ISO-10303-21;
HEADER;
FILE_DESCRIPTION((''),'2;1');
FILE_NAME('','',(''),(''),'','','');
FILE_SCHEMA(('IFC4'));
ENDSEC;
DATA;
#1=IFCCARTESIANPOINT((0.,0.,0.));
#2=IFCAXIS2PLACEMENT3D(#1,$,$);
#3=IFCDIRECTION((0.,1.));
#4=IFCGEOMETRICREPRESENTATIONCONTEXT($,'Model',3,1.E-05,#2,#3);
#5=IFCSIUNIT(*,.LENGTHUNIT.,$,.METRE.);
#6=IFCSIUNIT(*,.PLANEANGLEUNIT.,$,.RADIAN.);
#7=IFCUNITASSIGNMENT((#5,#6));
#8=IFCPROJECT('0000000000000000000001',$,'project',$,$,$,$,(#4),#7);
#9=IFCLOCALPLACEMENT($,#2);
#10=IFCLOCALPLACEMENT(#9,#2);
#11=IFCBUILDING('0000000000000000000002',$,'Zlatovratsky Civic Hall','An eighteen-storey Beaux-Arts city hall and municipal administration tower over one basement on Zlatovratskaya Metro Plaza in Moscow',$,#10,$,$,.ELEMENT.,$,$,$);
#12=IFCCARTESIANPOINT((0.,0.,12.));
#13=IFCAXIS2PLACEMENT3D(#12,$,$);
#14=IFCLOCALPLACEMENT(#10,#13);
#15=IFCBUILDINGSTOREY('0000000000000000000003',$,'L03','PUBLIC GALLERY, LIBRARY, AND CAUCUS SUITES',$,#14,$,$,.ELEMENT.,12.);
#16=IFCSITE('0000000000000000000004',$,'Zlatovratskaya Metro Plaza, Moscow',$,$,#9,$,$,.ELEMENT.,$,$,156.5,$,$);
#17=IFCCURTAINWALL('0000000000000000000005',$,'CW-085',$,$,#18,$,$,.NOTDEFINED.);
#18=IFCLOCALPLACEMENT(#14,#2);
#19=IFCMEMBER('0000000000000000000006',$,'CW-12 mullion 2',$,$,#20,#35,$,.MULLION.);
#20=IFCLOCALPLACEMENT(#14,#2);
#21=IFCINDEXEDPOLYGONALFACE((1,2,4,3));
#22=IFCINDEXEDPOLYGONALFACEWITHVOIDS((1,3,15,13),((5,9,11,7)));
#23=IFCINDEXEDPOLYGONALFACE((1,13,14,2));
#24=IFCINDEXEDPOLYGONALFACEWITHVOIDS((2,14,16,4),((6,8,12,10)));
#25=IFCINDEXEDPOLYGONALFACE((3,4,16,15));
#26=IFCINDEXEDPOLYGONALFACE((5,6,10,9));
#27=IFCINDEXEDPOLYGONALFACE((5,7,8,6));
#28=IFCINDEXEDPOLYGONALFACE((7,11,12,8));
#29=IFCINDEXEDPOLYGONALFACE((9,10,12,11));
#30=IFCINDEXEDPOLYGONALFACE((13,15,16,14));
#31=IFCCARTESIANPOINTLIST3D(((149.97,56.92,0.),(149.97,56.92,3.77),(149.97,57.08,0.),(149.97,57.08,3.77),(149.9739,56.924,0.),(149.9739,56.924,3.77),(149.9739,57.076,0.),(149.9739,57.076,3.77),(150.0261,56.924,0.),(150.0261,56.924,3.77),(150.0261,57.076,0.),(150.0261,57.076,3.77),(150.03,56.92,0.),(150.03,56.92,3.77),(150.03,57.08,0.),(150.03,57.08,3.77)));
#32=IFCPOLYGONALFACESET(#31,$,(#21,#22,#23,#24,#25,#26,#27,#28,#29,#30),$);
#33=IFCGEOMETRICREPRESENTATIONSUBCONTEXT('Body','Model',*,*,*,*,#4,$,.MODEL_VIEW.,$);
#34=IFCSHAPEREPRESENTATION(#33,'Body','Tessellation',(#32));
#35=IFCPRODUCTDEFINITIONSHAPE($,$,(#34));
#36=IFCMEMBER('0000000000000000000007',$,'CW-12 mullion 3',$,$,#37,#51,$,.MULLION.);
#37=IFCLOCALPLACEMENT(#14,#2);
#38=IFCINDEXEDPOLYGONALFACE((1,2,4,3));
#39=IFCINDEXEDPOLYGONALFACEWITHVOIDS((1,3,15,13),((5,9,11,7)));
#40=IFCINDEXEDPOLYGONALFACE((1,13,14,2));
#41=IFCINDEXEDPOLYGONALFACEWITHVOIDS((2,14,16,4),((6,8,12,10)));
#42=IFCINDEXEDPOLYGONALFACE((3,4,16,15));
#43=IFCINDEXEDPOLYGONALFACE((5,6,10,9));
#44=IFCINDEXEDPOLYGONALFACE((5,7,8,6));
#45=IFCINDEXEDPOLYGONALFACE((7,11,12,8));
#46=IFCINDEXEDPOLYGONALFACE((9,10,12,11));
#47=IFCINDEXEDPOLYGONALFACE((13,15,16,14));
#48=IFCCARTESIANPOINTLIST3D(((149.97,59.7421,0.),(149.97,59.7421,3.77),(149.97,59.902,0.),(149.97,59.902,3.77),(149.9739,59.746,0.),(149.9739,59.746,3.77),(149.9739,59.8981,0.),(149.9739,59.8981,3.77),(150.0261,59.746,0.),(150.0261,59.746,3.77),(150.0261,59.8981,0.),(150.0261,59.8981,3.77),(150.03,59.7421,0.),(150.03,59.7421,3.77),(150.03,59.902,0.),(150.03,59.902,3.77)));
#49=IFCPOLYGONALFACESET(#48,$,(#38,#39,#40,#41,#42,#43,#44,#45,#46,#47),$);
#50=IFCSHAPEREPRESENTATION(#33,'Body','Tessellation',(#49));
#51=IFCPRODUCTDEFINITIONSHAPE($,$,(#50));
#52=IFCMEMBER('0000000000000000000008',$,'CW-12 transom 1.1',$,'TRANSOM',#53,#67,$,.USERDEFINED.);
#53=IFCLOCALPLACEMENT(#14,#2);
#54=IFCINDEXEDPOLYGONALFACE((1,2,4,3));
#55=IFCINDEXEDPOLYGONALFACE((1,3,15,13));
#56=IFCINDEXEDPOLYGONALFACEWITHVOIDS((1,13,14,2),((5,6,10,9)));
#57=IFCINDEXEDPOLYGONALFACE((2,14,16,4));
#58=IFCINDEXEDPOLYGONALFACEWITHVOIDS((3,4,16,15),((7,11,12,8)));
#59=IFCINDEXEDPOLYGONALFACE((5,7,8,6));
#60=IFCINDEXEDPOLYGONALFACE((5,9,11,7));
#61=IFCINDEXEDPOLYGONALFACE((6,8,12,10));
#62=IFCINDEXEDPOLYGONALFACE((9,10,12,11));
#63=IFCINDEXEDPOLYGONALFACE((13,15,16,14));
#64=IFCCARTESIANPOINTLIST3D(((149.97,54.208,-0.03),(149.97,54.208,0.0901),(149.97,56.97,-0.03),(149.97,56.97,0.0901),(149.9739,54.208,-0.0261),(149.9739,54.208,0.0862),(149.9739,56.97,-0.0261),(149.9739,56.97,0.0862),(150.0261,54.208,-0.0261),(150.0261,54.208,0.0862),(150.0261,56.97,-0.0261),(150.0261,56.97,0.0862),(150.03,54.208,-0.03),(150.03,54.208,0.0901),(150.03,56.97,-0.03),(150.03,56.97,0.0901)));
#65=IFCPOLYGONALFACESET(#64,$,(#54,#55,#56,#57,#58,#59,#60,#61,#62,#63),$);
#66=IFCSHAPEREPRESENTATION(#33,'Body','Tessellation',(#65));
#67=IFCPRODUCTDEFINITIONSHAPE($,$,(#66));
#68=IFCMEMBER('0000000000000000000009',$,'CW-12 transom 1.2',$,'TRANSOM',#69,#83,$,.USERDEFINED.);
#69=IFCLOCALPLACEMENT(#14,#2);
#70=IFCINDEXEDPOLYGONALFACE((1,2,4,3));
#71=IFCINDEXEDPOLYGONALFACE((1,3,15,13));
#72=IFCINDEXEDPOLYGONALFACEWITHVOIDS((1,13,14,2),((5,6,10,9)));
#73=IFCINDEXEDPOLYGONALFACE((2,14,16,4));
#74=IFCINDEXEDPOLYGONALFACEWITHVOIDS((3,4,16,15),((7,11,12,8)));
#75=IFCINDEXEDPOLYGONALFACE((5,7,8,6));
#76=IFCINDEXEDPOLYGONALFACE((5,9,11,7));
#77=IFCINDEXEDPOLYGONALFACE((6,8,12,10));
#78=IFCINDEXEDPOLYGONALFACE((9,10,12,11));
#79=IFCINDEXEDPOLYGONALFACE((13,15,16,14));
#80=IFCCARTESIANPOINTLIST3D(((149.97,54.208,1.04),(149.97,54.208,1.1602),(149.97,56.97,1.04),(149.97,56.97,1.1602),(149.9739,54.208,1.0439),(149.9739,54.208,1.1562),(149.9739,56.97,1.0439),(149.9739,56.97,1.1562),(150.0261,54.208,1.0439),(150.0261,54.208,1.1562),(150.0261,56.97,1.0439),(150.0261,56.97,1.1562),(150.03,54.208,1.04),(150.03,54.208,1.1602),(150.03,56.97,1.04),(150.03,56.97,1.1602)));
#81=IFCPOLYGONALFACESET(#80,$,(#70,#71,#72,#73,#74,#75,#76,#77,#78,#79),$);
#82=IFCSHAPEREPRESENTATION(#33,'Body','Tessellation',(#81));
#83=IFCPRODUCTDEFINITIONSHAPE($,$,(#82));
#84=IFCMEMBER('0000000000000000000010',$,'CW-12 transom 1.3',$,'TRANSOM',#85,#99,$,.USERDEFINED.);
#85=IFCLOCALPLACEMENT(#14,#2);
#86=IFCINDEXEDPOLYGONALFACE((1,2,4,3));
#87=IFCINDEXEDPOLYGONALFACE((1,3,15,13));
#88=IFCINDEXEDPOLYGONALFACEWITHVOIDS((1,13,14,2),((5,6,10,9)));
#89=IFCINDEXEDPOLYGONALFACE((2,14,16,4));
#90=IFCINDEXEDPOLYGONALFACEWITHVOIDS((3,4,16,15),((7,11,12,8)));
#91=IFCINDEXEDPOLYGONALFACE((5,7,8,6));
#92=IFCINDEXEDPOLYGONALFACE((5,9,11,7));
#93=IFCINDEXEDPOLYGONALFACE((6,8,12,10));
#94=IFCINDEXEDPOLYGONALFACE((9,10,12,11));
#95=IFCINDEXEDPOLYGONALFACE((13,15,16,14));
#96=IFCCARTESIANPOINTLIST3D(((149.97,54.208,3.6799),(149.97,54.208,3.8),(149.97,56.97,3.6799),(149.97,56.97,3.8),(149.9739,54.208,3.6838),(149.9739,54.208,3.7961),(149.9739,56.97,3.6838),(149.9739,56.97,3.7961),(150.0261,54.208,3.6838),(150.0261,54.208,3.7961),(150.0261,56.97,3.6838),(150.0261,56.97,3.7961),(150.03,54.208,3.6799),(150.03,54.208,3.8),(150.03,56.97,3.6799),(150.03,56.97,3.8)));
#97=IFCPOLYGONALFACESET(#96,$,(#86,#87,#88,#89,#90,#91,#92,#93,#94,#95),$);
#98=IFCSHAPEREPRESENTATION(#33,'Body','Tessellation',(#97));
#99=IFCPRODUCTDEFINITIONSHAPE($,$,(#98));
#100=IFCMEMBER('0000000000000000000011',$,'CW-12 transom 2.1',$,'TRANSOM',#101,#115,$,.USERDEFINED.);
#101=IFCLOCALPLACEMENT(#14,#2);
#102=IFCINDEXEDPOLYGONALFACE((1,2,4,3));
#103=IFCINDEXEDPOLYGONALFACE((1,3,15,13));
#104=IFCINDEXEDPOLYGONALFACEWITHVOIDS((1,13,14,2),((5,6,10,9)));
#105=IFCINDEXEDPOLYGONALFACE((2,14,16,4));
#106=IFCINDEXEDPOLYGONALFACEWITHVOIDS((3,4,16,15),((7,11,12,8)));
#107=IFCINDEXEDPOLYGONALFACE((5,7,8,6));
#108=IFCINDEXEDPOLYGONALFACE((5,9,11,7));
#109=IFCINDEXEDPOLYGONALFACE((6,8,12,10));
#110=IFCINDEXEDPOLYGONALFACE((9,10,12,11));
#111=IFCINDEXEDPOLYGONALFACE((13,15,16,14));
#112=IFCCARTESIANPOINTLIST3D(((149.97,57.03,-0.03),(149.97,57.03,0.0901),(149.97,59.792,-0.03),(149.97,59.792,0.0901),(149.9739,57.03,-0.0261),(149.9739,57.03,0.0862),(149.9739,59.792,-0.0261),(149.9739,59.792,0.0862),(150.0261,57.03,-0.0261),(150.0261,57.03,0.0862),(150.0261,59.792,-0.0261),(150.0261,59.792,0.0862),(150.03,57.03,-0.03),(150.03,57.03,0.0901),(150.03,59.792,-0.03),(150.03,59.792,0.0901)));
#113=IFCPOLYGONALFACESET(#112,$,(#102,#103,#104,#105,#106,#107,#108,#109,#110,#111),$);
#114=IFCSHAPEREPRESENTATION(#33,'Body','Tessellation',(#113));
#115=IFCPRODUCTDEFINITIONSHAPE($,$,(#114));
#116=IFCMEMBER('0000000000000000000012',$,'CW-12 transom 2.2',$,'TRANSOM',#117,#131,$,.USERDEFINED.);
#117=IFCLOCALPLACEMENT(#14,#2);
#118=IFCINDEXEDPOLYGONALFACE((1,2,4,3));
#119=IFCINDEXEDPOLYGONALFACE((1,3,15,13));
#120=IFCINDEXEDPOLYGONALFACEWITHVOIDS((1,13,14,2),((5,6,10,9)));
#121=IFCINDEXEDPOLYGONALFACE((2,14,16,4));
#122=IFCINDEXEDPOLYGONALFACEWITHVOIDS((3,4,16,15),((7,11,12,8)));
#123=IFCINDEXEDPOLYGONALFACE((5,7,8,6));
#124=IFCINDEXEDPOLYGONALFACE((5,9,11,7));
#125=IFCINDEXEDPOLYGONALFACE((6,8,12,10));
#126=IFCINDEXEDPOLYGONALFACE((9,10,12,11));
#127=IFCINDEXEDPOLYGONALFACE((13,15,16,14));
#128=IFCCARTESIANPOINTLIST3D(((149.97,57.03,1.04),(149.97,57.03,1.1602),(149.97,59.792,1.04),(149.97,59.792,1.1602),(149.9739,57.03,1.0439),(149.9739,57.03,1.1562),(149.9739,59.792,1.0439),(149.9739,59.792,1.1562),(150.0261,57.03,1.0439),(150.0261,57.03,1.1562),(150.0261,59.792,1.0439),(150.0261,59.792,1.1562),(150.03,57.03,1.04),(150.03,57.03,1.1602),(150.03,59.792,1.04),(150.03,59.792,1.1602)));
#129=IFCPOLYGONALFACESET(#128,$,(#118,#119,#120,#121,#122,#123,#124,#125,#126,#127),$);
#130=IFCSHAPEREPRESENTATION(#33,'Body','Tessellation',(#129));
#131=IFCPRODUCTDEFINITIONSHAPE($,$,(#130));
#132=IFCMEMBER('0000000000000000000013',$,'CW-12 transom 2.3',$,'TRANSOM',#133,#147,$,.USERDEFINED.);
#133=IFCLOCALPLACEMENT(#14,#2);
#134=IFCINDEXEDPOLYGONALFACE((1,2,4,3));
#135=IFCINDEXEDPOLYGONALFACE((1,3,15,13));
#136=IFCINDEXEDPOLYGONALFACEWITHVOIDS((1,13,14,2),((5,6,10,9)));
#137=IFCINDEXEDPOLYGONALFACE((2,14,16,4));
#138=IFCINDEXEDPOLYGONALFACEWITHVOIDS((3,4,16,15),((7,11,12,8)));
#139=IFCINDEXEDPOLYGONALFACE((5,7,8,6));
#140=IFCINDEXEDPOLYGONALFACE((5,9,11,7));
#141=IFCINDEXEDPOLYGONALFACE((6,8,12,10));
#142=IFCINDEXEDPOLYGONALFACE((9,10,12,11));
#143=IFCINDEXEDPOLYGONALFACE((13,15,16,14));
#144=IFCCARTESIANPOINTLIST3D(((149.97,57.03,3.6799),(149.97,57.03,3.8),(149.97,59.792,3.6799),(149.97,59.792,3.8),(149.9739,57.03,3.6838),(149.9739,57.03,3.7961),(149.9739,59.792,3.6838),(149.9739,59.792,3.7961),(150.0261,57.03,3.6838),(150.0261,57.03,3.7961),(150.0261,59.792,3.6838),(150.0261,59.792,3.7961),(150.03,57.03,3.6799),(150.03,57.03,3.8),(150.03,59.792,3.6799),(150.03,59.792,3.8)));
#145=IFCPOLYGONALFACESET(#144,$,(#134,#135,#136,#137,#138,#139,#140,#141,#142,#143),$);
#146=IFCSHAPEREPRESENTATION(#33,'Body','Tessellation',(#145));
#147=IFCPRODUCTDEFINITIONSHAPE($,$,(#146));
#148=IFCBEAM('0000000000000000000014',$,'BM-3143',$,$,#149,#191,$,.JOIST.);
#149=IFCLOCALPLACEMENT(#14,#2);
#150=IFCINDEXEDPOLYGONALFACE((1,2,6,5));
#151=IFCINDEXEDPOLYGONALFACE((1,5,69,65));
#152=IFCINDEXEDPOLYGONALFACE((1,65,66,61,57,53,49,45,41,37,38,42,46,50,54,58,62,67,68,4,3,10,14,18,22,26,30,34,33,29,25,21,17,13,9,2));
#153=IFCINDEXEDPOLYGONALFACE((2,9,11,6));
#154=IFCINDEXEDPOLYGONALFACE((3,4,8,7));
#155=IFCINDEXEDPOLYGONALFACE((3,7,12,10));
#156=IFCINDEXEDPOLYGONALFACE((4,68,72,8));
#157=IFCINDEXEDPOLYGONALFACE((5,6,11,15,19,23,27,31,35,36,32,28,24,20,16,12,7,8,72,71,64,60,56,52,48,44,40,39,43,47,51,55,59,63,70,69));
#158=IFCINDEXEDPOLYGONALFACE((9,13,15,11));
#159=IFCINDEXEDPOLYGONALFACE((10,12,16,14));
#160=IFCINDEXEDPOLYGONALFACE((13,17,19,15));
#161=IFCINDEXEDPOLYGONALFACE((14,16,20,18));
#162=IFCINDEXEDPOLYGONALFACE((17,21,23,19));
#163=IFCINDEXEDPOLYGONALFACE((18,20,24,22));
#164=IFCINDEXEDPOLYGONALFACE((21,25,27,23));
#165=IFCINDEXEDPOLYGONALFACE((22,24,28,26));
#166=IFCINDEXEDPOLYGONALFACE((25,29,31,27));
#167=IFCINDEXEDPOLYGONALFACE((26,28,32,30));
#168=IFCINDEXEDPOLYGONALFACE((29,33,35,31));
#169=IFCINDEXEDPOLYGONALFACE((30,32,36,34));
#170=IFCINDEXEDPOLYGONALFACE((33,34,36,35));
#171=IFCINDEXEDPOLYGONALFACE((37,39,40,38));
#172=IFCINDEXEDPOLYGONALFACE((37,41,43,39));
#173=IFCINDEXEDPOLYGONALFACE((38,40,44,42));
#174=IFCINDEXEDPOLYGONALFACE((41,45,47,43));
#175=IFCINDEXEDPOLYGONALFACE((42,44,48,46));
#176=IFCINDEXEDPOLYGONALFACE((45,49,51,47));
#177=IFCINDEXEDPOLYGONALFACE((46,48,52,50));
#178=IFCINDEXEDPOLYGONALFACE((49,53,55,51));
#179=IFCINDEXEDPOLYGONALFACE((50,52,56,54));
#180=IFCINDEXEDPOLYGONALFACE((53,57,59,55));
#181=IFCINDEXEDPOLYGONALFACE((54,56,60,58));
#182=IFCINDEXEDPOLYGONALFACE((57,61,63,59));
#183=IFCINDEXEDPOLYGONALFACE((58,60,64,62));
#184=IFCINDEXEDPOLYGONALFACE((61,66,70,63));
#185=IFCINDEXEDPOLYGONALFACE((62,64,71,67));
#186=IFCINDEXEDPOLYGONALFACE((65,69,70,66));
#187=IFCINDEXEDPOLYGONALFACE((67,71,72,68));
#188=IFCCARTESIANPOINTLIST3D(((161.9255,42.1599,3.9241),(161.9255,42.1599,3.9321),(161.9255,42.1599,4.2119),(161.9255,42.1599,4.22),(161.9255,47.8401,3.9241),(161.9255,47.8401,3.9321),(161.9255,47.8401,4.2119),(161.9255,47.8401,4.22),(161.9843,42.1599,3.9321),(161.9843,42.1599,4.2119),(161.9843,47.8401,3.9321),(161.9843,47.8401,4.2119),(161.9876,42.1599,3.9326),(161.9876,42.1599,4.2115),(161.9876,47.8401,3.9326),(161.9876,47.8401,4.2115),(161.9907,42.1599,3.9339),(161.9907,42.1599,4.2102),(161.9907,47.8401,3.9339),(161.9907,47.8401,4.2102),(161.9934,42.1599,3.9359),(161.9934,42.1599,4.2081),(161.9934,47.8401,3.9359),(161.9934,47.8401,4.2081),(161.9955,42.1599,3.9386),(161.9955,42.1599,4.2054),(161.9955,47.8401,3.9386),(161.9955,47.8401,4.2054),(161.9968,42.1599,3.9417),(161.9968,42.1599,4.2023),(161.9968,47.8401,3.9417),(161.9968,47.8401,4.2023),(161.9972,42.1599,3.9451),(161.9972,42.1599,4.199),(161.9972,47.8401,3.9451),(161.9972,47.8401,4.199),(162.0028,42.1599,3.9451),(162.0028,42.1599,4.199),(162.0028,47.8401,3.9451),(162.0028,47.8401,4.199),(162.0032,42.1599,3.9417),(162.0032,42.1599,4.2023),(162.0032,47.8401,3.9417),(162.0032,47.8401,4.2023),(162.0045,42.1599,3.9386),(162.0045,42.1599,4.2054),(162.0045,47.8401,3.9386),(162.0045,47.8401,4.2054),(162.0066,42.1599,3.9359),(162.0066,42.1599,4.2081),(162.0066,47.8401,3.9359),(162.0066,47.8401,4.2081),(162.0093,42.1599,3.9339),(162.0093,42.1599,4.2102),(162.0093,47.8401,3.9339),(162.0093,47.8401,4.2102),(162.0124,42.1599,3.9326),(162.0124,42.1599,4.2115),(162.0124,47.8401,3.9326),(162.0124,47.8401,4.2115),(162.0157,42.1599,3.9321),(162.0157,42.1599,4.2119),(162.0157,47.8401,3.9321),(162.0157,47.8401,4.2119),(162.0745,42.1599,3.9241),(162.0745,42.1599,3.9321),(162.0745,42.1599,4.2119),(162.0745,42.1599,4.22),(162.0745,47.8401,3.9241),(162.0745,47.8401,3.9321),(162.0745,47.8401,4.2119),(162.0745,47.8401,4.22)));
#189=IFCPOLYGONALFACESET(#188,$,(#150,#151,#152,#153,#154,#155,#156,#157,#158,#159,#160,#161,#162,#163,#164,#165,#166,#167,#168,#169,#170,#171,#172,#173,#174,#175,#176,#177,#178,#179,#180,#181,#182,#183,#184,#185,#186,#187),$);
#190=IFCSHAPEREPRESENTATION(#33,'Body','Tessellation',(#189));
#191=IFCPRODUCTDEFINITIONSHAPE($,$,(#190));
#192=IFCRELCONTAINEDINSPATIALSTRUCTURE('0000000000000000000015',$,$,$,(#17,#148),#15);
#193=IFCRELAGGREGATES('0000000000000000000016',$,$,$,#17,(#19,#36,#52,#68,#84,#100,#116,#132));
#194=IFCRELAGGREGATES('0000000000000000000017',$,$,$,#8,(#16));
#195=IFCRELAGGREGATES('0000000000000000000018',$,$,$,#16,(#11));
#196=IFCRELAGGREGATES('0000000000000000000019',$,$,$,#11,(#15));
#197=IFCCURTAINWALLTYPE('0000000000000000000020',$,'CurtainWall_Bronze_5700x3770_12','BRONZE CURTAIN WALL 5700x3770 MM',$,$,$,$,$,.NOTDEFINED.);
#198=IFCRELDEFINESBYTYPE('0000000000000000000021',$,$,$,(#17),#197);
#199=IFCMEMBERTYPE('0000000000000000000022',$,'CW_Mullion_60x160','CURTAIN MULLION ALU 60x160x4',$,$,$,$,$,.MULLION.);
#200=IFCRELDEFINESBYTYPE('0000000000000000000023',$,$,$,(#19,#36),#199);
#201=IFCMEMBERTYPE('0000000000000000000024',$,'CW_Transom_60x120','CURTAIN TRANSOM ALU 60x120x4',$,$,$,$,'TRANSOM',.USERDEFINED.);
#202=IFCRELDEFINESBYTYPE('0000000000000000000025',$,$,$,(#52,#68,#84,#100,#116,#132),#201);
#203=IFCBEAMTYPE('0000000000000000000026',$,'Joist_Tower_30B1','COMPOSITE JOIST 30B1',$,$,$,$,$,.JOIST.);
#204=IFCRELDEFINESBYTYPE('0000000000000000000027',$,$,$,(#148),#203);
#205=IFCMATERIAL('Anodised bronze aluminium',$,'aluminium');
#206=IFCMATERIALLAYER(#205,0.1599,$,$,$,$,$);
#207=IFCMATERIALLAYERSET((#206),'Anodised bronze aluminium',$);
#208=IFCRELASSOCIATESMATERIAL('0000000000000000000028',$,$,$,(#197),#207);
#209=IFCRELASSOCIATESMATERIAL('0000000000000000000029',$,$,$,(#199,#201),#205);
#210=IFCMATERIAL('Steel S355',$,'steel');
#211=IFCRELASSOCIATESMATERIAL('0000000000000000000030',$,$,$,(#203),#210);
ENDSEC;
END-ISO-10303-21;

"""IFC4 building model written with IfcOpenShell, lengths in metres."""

from ifc_helpers import new_model, si_unit, direction, frame, origin, origin_2d, place, context, subcontext, project, spatial, hollow_rectangle, i_section, extrude, material, layer, layer_set, material_profile, profile_set, type_object, element, aggregate, save


model = new_model("IFC4")

# Units and contexts
model_context = context("Model", 3, precision=1e-05, world=origin(), true_north=direction((0.0, 1.0)))
body_context = subcontext(model_context, "Body", "Model", "MODEL_VIEW")
ifc_project = project(units=[si_unit("LENGTHUNIT", "METRE"), si_unit("PLANEANGLEUNIT", "RADIAN")], contexts=[model_context])

# Site, building, storey
site_placement = place(None, origin())
site = spatial("IfcSite", under=ifc_project, at=site_placement, Name="Zlatovratskaya Metro Plaza, Moscow", CompositionType="ELEMENT", RefElevation=156.5)
building_placement = place(site_placement, origin())
building = spatial("IfcBuilding", under=site, at=building_placement, Name="Zlatovratsky Civic Hall", Description="An eighteen-storey Beaux-Arts city hall and municipal administration tower over one basement on Zlatovratskaya Metro Plaza in Moscow", CompositionType="ELEMENT")
storey_placement = place(building_placement, frame((0.0, 0.0, 12.0)))
storey = spatial("IfcBuildingStorey", under=building, at=storey_placement, Name="L03", Description="PUBLIC GALLERY, LIBRARY, AND CAUCUS SUITES", CompositionType="ELEMENT", Elevation=12.0)

# Shared definitions
ifc_material_1 = material(Name="Steel S355", Category="steel")

# Curtain wall, members
ifc_material_2 = material(Name="Anodised bronze aluminium", Category="aluminium")
ifc_layer_1 = layer(ifc_material_2, 0.1599)
ifc_layer_set_1 = layer_set([ifc_layer_1], Name="Anodised bronze aluminium")
curtain_wall_type = type_object("IfcCurtainWallType", Name="CurtainWall_Bronze_5700x3770_12", Description="BRONZE CURTAIN WALL 5700x3770 MM", PredefinedType="NOTDEFINED", material=ifc_layer_set_1)
curtain_wall_placement = place(storey_placement, origin())
curtain_wall = element("IfcCurtainWall", 1, at=curtain_wall_placement, inside=storey, type_object=curtain_wall_type, Name="CW-085", PredefinedType="NOTDEFINED")
ifc_material_profile_1 = material_profile(ifc_material_2, hollow_rectangle(XDim=0.0601, YDim=0.1599, WallThickness=0.0039, at=origin_2d()), Name="ALU 60x160x4")
ifc_profile_set_1 = profile_set([ifc_material_profile_1], Name="Anodised bronze aluminium")
member_type_1 = type_object("IfcMemberType", Name="CW_Mullion_60x160", Description="CURTAIN MULLION ALU 60x160x4", PredefinedType="MULLION", material=ifc_profile_set_1)
member_1_placement = place(storey_placement, frame((150.0, 57.0, 0.0), z_axis=(0.0, 0.0, 1.0), x_axis=(-1.0, 0.0, 0.0)))
member_1 = element("IfcMember", 2, at=member_1_placement, type_object=member_type_1, Name="CW-12 mullion 2", PredefinedType="MULLION", context=body_context, shape_type="SweptSolid", body=[
    extrude(hollow_rectangle(XDim=0.0601, YDim=0.1599, WallThickness=0.0039, at=origin_2d()), origin(), (0.0, 0.0, 1.0), 3.77),
])
member_2_placement = place(storey_placement, frame((150.0, 59.822, 0.0), z_axis=(0.0, 0.0, 1.0), x_axis=(-1.0, 0.0, 0.0)))
member_2 = element("IfcMember", 3, at=member_2_placement, type_object=member_type_1, Name="CW-12 mullion 3", PredefinedType="MULLION", context=body_context, shape_type="SweptSolid", body=[
    extrude(hollow_rectangle(XDim=0.0601, YDim=0.1599, WallThickness=0.0039, at=origin_2d()), origin(), (0.0, 0.0, 1.0), 3.77),
])
ifc_material_profile_2 = material_profile(ifc_material_2, hollow_rectangle(XDim=0.0601, YDim=0.1201, WallThickness=0.0039, at=origin_2d()), Name="ALU 60x120x4")
ifc_profile_set_2 = profile_set([ifc_material_profile_2], Name="Anodised bronze aluminium")
member_type_2 = type_object("IfcMemberType", Name="CW_Transom_60x120", Description="CURTAIN TRANSOM ALU 60x120x4", ElementType="TRANSOM", PredefinedType="USERDEFINED", material=ifc_profile_set_2)
member_3_placement = place(storey_placement, frame((150.0, 54.208, 0.03), z_axis=(0.0, 1.0, 0.0), x_axis=(-1.0, 0.0, 0.0)))
member_3 = element("IfcMember", 4, at=member_3_placement, type_object=member_type_2, Name="CW-12 transom 1.1", ObjectType="TRANSOM", PredefinedType="USERDEFINED", context=body_context, shape_type="SweptSolid", body=[
    extrude(hollow_rectangle(XDim=0.0601, YDim=0.1201, WallThickness=0.0039, at=origin_2d()), origin(), (0.0, 0.0, 1.0), 2.762),
])
member_4_placement = place(storey_placement, frame((150.0, 54.208, 1.1001), z_axis=(0.0, 1.0, 0.0), x_axis=(-1.0, 0.0, 0.0)))
member_4 = element("IfcMember", 5, at=member_4_placement, type_object=member_type_2, Name="CW-12 transom 1.2", ObjectType="TRANSOM", PredefinedType="USERDEFINED", context=body_context, shape_type="SweptSolid", body=[
    extrude(hollow_rectangle(XDim=0.0601, YDim=0.1201, WallThickness=0.0039, at=origin_2d()), origin(), (0.0, 0.0, 1.0), 2.762),
])
member_5_placement = place(storey_placement, frame((150.0, 54.208, 3.74), z_axis=(0.0, 1.0, 0.0), x_axis=(-1.0, 0.0, 0.0)))
member_5 = element("IfcMember", 6, at=member_5_placement, type_object=member_type_2, Name="CW-12 transom 1.3", ObjectType="TRANSOM", PredefinedType="USERDEFINED", context=body_context, shape_type="SweptSolid", body=[
    extrude(hollow_rectangle(XDim=0.0601, YDim=0.1201, WallThickness=0.0039, at=origin_2d()), origin(), (0.0, 0.0, 1.0), 2.762),
])
member_6_placement = place(storey_placement, frame((150.0, 57.03, 0.03), z_axis=(0.0, 1.0, 0.0), x_axis=(-1.0, 0.0, 0.0)))
member_6 = element("IfcMember", 7, at=member_6_placement, type_object=member_type_2, Name="CW-12 transom 2.1", ObjectType="TRANSOM", PredefinedType="USERDEFINED", context=body_context, shape_type="SweptSolid", body=[
    extrude(hollow_rectangle(XDim=0.0601, YDim=0.1201, WallThickness=0.0039, at=origin_2d()), origin(), (0.0, 0.0, 1.0), 2.762),
])
member_7_placement = place(storey_placement, frame((150.0, 57.03, 1.1001), z_axis=(0.0, 1.0, 0.0), x_axis=(-1.0, 0.0, 0.0)))
member_7 = element("IfcMember", 8, at=member_7_placement, type_object=member_type_2, Name="CW-12 transom 2.2", ObjectType="TRANSOM", PredefinedType="USERDEFINED", context=body_context, shape_type="SweptSolid", body=[
    extrude(hollow_rectangle(XDim=0.0601, YDim=0.1201, WallThickness=0.0039, at=origin_2d()), origin(), (0.0, 0.0, 1.0), 2.762),
])
member_8_placement = place(storey_placement, frame((150.0, 57.03, 3.74), z_axis=(0.0, 1.0, 0.0), x_axis=(-1.0, 0.0, 0.0)))
member_8 = element("IfcMember", 9, at=member_8_placement, type_object=member_type_2, Name="CW-12 transom 2.3", ObjectType="TRANSOM", PredefinedType="USERDEFINED", context=body_context, shape_type="SweptSolid", body=[
    extrude(hollow_rectangle(XDim=0.0601, YDim=0.1201, WallThickness=0.0039, at=origin_2d()), origin(), (0.0, 0.0, 1.0), 2.762),
])

# Beam
ifc_material_profile_3 = material_profile(ifc_material_1, i_section(OverallWidth=0.1489, OverallDepth=0.2959, WebThickness=0.0056, FlangeThickness=0.0081, FilletRadius=0.0129, at=origin_2d()), Name="30B1")
ifc_profile_set_3 = profile_set([ifc_material_profile_3], Name="Steel S355")
beam_type_1 = type_object("IfcBeamType", Name="Joist_Tower_30B1", Description="COMPOSITE JOIST 30B1", PredefinedType="JOIST", material=ifc_profile_set_3)
for number, where, z_axis, x_axis, name in (
    (10, (162.0, 42.1599, 4.072), (0.0, 1.0, 0.0), (-1.0, 0.0, 0.0), "BM-3143"),
):
    element("IfcBeam", number, at=place(storey_placement, frame(where, z_axis=z_axis, x_axis=x_axis)), inside=storey, type_object=beam_type_1, Name=name, PredefinedType="JOIST", context=body_context, shape_type="SweptSolid", body=[
        extrude(i_section(OverallWidth=0.1489, OverallDepth=0.2959, WebThickness=0.0056, FlangeThickness=0.0081, FilletRadius=0.0129, at=origin_2d()), origin(), (0.0, 0.0, 1.0), 5.6802),
    ])

aggregate(curtain_wall, [member_1, member_2, member_3, member_4, member_5, member_6, member_7, member_8])

save(model, "model.ifc")
